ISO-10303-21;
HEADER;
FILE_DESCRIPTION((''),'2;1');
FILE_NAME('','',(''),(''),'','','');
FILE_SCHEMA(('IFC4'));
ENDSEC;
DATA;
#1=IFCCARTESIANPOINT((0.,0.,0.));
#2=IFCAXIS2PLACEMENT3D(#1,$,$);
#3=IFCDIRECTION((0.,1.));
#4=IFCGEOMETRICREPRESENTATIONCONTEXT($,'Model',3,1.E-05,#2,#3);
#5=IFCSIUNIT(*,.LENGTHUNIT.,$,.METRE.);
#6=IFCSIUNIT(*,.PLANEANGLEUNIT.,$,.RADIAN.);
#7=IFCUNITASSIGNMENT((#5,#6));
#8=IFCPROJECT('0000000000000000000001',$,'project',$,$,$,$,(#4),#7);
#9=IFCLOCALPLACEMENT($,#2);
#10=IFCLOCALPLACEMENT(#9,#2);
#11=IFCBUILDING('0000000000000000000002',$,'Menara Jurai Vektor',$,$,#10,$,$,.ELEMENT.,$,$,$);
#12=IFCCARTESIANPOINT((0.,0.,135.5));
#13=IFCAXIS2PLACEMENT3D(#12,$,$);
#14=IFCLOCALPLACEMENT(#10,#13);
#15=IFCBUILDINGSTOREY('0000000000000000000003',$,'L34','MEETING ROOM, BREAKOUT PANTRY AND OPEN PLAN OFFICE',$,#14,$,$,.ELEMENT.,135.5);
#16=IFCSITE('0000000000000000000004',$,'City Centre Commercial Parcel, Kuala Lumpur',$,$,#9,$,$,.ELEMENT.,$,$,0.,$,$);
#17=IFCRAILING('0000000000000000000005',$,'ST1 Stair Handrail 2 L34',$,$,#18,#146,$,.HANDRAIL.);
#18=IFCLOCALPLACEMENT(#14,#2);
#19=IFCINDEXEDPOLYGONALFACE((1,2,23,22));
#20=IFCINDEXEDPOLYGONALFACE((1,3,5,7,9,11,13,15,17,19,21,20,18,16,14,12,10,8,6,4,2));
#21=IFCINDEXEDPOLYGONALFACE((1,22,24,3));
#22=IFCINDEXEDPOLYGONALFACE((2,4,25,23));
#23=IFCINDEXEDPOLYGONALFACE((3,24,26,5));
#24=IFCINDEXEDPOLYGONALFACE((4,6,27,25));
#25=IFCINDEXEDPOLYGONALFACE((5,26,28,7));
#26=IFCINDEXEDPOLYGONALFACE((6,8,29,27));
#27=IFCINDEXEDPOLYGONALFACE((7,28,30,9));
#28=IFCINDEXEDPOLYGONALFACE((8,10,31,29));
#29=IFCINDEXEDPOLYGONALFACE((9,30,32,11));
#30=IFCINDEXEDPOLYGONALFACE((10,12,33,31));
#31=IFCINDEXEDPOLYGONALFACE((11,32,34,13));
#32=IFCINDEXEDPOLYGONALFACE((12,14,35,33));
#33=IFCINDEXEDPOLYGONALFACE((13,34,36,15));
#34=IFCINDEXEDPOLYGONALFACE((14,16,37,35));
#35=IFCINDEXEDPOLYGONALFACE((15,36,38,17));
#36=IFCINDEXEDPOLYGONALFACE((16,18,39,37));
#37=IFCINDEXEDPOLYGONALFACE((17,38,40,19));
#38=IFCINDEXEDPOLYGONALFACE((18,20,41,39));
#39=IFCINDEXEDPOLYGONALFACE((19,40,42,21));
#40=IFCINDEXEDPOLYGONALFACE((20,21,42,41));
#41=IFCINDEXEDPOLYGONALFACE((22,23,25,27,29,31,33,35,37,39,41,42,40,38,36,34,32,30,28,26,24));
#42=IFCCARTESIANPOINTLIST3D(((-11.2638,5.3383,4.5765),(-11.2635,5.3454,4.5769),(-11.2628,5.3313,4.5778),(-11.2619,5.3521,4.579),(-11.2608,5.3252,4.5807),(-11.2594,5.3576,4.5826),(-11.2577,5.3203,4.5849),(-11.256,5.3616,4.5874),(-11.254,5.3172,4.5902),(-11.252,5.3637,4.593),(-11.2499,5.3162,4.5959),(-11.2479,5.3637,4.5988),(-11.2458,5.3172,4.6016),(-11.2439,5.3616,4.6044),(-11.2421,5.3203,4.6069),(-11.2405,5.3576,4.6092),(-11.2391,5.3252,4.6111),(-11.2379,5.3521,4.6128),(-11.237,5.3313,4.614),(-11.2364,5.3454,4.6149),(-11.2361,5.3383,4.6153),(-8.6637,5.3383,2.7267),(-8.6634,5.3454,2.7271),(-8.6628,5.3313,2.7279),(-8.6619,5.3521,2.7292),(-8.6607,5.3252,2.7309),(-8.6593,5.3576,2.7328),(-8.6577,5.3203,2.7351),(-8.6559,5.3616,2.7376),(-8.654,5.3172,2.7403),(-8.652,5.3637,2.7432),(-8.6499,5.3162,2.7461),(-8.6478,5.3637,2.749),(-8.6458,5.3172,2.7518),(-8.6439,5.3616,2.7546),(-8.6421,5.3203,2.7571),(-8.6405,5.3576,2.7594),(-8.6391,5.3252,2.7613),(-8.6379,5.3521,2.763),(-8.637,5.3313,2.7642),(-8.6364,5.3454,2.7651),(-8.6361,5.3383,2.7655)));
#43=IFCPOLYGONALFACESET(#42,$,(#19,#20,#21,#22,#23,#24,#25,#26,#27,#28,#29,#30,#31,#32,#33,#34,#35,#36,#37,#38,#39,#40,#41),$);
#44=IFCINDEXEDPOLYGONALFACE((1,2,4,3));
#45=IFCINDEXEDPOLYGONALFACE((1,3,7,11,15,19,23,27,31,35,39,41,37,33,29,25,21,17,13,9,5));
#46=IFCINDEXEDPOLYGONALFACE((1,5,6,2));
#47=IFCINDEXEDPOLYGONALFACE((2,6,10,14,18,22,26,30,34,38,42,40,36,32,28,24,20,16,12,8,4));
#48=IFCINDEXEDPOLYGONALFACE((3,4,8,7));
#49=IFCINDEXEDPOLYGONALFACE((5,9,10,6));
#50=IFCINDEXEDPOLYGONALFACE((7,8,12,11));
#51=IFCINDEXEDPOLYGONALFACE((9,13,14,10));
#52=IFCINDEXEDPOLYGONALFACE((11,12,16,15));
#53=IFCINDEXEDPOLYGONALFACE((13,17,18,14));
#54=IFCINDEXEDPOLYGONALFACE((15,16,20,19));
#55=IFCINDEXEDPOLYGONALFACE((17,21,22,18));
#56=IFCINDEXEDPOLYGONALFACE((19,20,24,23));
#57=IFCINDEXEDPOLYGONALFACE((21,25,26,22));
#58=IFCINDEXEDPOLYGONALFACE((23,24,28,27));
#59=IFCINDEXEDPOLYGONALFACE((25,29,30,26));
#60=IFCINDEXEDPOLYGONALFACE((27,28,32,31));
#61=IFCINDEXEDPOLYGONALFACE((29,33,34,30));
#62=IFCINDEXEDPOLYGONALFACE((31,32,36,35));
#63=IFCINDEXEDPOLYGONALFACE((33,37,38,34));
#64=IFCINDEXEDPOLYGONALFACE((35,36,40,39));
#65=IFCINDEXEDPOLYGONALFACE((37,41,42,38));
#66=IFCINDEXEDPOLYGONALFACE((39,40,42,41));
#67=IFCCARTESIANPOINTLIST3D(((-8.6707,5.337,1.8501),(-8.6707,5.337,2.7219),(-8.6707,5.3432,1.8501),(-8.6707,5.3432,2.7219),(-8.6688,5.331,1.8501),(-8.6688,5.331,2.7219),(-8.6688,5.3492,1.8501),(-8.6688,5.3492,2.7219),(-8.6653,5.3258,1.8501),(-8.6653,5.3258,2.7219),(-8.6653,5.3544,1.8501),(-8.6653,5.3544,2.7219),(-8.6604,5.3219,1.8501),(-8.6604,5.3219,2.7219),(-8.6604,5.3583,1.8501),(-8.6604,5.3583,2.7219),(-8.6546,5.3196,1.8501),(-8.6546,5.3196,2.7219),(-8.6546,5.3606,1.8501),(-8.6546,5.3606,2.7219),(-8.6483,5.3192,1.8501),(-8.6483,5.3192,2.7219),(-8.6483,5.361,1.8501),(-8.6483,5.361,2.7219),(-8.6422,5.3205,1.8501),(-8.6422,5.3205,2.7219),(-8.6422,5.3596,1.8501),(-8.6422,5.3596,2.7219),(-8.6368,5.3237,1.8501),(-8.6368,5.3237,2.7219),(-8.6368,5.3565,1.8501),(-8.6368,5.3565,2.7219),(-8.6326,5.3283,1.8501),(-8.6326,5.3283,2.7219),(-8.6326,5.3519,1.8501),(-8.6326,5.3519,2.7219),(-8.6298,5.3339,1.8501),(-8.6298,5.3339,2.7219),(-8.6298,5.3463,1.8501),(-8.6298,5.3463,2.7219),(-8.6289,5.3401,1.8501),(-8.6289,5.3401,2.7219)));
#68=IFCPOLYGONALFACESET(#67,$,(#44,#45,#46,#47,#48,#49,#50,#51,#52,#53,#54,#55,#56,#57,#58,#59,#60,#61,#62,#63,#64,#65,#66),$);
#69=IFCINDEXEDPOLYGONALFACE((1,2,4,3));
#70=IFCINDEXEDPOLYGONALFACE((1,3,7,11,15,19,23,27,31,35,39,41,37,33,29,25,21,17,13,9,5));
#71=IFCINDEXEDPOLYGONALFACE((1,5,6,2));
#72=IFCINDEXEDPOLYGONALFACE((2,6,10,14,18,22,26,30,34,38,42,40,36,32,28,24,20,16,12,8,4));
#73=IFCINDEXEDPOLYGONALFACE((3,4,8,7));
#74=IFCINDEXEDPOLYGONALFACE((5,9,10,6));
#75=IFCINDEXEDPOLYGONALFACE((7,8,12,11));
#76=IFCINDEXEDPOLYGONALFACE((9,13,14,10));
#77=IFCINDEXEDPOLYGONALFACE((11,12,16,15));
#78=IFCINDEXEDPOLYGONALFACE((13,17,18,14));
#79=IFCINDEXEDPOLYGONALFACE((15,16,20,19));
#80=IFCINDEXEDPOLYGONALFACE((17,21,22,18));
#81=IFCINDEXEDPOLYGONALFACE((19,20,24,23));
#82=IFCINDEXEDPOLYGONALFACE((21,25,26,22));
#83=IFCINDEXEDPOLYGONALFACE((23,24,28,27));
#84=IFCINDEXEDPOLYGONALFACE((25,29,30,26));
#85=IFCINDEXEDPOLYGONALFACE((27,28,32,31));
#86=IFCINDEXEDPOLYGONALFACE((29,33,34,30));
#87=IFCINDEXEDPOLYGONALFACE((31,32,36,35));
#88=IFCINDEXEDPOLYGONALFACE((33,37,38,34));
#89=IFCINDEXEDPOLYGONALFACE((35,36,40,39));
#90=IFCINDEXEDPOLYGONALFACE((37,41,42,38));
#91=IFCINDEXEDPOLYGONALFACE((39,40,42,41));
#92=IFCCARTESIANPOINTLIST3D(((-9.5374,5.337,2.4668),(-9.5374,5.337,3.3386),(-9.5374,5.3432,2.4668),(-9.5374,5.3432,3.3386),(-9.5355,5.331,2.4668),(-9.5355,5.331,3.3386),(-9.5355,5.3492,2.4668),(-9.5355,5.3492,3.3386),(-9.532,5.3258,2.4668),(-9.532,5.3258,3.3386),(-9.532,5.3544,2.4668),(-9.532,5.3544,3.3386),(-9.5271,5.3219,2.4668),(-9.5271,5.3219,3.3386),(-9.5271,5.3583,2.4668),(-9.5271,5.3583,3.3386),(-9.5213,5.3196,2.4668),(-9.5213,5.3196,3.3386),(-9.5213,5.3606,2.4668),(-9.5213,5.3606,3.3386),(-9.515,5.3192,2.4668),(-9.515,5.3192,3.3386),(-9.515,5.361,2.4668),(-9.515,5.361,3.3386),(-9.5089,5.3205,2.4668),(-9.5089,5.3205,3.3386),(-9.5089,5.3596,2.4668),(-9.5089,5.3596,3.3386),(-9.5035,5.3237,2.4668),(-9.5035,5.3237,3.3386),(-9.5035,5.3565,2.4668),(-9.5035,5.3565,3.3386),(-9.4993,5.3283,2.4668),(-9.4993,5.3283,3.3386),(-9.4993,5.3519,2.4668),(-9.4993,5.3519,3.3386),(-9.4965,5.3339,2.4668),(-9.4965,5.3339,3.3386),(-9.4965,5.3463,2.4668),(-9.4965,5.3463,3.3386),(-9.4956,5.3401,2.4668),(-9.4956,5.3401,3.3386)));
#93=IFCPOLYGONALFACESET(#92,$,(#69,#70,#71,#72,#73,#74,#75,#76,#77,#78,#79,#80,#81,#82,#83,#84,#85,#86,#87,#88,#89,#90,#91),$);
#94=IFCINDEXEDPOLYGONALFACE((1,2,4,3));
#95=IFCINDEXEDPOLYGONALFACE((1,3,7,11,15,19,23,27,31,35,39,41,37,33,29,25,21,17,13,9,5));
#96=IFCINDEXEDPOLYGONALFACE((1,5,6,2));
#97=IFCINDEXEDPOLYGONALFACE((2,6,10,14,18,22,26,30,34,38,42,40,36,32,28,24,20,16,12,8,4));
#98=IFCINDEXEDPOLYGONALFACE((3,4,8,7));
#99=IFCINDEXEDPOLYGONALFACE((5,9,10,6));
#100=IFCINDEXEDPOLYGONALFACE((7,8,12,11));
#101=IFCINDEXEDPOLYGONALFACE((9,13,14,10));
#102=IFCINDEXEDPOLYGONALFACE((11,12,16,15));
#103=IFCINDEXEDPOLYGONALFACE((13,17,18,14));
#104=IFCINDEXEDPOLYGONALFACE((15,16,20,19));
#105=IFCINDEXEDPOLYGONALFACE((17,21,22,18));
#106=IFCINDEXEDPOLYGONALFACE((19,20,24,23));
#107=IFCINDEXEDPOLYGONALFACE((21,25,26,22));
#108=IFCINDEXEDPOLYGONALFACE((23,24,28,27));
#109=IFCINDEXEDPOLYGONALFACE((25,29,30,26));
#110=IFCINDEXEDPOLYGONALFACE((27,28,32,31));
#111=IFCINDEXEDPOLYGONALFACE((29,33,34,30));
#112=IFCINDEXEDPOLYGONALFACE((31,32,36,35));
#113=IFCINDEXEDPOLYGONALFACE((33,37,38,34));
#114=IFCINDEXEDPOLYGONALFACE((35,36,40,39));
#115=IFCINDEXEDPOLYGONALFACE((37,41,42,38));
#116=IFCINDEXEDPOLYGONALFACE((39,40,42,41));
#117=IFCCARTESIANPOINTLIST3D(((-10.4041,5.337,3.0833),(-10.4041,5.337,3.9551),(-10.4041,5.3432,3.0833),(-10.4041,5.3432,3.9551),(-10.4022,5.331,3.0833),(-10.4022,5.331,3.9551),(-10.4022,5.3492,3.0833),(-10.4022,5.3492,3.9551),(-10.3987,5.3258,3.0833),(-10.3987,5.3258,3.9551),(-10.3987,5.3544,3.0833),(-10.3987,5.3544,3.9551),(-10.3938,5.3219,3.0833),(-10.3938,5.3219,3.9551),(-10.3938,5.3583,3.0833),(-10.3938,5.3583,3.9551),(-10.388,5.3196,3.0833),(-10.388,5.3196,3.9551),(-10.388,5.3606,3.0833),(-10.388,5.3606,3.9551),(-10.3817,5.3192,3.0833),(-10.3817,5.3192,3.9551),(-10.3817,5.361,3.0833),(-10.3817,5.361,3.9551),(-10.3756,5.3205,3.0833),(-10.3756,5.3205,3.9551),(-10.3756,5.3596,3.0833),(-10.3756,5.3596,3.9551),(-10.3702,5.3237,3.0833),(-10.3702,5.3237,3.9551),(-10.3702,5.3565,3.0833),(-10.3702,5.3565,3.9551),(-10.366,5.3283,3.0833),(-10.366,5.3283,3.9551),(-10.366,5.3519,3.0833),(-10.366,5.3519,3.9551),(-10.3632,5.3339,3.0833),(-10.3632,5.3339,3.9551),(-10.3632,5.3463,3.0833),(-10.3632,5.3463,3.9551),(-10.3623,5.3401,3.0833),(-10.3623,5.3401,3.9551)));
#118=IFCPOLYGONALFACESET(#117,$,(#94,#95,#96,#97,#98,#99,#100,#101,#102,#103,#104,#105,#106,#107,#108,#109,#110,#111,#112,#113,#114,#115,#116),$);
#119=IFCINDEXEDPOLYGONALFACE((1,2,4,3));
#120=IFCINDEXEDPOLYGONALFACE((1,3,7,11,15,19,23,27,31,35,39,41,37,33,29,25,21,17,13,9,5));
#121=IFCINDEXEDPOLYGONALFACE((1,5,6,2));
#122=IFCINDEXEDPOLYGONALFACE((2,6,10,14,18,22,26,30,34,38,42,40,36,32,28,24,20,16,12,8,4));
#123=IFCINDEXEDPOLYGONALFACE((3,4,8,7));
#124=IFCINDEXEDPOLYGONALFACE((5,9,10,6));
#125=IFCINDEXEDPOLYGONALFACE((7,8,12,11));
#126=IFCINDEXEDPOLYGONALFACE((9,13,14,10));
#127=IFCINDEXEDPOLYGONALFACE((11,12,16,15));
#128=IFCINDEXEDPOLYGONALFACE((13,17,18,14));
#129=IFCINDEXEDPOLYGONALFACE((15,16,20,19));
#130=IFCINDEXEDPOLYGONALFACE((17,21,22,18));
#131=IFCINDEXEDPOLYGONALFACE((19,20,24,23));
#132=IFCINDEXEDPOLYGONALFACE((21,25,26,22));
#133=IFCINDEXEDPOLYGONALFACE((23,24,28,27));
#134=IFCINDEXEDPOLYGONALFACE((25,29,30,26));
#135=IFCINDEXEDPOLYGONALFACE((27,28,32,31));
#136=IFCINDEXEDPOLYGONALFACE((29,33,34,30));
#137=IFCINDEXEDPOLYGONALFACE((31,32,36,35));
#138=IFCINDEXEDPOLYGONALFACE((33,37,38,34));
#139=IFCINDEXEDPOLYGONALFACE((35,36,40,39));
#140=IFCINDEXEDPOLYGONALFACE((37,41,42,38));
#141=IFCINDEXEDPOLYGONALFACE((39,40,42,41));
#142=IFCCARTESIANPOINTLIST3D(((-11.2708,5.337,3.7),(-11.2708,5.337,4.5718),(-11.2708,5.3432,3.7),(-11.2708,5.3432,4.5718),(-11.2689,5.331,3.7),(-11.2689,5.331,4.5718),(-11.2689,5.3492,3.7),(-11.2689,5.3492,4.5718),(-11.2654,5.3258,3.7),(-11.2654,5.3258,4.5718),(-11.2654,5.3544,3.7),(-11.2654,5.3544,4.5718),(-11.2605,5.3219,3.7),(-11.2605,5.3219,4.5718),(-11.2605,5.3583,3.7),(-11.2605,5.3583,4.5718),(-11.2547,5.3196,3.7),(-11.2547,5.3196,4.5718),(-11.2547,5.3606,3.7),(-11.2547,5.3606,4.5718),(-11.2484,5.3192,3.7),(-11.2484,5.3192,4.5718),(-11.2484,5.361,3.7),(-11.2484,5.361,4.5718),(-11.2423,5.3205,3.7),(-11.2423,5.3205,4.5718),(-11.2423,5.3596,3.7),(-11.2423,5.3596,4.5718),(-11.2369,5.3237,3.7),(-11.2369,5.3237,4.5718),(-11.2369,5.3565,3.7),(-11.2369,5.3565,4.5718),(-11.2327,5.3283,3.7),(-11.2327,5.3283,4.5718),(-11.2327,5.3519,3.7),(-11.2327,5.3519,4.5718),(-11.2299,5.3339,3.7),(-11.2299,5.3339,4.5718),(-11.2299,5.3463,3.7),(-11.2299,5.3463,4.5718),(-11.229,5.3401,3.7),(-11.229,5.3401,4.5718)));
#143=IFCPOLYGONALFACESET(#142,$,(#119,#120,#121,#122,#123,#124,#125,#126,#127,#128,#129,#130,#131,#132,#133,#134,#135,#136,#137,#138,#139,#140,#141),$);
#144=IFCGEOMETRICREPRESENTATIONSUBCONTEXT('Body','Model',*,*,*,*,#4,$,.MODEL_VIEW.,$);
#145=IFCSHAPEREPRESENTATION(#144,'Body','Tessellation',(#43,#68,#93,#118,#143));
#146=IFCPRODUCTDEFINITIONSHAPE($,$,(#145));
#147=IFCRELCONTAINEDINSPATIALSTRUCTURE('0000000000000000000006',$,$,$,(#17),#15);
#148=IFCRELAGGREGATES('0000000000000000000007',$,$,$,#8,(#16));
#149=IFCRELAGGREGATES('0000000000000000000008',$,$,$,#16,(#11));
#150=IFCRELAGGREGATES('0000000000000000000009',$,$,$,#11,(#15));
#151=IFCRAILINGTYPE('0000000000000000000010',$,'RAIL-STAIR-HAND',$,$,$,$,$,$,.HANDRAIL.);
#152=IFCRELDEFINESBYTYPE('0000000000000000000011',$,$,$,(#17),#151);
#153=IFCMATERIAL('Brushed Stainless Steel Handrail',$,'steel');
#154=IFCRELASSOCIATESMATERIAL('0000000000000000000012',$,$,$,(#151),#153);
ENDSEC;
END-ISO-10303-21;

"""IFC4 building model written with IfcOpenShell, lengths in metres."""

from ifc_helpers import new_model, si_unit, direction, frame, origin, origin_2d, place, context, subcontext, project, spatial, circle, extrude, material, type_object, element, save


model = new_model("IFC4")

# Units and contexts
model_context = context("Model", 3, precision=1e-05, world=origin(), true_north=direction((0.0, 1.0)))
body_context = subcontext(model_context, "Body", "Model", "MODEL_VIEW")
ifc_project = project(units=[si_unit("LENGTHUNIT", "METRE"), si_unit("PLANEANGLEUNIT", "RADIAN")], contexts=[model_context])

# Site, building, storey
site_placement = place(None, origin())
site = spatial("IfcSite", under=ifc_project, at=site_placement, Name="City Centre Commercial Parcel, Kuala Lumpur", CompositionType="ELEMENT", RefElevation=0.0)
building_placement = place(site_placement, origin())
building = spatial("IfcBuilding", under=site, at=building_placement, Name="Menara Jurai Vektor", CompositionType="ELEMENT")
storey_placement = place(building_placement, frame((0.0, 0.0, 135.5)))
storey = spatial("IfcBuildingStorey", under=building, at=storey_placement, Name="L34", Description="MEETING ROOM, BREAKOUT PANTRY AND OPEN PLAN OFFICE", CompositionType="ELEMENT", Elevation=135.5)

# Railing
ifc_material_1 = material(Name="Brushed Stainless Steel Handrail", Category="steel")
railing_type_1 = type_object("IfcRailingType", Name="RAIL-STAIR-HAND", PredefinedType="HANDRAIL", material=ifc_material_1)
railing_1_placement = place(storey_placement, frame((-8.6499, 5.3401, 1.8501)))
element("IfcRailing", 1, at=railing_1_placement, inside=storey, type_object=railing_type_1, Name="ST1 Stair Handrail 2 L34", PredefinedType="HANDRAIL", context=body_context, shape_type="SweptSolid", body=[
    extrude(circle(Radius=0.0239, at=origin_2d()), frame((0.0, 0.0, 0.896), z_axis=(-0.814823, 0.0, 0.57971), x_axis=(0.0, -1.0, 0.0)), (0.0, 0.0, 1.0), 3.1909),
    extrude(circle(Radius=0.021, at=origin_2d()), origin(), (0.0, 0.0, 1.0), 0.8718),
    extrude(circle(Radius=0.021, at=origin_2d()), frame((-0.8667, 0.0, 0.6167)), (0.0, 0.0, 1.0), 0.8718),
    extrude(circle(Radius=0.021, at=origin_2d()), frame((-1.7334, 0.0, 1.2332)), (0.0, 0.0, 1.0), 0.8718),
    extrude(circle(Radius=0.021, at=origin_2d()), frame((-2.6001, 0.0, 1.8499)), (0.0, 0.0, 1.0), 0.8718),
])

save(model, "model.ifc")
